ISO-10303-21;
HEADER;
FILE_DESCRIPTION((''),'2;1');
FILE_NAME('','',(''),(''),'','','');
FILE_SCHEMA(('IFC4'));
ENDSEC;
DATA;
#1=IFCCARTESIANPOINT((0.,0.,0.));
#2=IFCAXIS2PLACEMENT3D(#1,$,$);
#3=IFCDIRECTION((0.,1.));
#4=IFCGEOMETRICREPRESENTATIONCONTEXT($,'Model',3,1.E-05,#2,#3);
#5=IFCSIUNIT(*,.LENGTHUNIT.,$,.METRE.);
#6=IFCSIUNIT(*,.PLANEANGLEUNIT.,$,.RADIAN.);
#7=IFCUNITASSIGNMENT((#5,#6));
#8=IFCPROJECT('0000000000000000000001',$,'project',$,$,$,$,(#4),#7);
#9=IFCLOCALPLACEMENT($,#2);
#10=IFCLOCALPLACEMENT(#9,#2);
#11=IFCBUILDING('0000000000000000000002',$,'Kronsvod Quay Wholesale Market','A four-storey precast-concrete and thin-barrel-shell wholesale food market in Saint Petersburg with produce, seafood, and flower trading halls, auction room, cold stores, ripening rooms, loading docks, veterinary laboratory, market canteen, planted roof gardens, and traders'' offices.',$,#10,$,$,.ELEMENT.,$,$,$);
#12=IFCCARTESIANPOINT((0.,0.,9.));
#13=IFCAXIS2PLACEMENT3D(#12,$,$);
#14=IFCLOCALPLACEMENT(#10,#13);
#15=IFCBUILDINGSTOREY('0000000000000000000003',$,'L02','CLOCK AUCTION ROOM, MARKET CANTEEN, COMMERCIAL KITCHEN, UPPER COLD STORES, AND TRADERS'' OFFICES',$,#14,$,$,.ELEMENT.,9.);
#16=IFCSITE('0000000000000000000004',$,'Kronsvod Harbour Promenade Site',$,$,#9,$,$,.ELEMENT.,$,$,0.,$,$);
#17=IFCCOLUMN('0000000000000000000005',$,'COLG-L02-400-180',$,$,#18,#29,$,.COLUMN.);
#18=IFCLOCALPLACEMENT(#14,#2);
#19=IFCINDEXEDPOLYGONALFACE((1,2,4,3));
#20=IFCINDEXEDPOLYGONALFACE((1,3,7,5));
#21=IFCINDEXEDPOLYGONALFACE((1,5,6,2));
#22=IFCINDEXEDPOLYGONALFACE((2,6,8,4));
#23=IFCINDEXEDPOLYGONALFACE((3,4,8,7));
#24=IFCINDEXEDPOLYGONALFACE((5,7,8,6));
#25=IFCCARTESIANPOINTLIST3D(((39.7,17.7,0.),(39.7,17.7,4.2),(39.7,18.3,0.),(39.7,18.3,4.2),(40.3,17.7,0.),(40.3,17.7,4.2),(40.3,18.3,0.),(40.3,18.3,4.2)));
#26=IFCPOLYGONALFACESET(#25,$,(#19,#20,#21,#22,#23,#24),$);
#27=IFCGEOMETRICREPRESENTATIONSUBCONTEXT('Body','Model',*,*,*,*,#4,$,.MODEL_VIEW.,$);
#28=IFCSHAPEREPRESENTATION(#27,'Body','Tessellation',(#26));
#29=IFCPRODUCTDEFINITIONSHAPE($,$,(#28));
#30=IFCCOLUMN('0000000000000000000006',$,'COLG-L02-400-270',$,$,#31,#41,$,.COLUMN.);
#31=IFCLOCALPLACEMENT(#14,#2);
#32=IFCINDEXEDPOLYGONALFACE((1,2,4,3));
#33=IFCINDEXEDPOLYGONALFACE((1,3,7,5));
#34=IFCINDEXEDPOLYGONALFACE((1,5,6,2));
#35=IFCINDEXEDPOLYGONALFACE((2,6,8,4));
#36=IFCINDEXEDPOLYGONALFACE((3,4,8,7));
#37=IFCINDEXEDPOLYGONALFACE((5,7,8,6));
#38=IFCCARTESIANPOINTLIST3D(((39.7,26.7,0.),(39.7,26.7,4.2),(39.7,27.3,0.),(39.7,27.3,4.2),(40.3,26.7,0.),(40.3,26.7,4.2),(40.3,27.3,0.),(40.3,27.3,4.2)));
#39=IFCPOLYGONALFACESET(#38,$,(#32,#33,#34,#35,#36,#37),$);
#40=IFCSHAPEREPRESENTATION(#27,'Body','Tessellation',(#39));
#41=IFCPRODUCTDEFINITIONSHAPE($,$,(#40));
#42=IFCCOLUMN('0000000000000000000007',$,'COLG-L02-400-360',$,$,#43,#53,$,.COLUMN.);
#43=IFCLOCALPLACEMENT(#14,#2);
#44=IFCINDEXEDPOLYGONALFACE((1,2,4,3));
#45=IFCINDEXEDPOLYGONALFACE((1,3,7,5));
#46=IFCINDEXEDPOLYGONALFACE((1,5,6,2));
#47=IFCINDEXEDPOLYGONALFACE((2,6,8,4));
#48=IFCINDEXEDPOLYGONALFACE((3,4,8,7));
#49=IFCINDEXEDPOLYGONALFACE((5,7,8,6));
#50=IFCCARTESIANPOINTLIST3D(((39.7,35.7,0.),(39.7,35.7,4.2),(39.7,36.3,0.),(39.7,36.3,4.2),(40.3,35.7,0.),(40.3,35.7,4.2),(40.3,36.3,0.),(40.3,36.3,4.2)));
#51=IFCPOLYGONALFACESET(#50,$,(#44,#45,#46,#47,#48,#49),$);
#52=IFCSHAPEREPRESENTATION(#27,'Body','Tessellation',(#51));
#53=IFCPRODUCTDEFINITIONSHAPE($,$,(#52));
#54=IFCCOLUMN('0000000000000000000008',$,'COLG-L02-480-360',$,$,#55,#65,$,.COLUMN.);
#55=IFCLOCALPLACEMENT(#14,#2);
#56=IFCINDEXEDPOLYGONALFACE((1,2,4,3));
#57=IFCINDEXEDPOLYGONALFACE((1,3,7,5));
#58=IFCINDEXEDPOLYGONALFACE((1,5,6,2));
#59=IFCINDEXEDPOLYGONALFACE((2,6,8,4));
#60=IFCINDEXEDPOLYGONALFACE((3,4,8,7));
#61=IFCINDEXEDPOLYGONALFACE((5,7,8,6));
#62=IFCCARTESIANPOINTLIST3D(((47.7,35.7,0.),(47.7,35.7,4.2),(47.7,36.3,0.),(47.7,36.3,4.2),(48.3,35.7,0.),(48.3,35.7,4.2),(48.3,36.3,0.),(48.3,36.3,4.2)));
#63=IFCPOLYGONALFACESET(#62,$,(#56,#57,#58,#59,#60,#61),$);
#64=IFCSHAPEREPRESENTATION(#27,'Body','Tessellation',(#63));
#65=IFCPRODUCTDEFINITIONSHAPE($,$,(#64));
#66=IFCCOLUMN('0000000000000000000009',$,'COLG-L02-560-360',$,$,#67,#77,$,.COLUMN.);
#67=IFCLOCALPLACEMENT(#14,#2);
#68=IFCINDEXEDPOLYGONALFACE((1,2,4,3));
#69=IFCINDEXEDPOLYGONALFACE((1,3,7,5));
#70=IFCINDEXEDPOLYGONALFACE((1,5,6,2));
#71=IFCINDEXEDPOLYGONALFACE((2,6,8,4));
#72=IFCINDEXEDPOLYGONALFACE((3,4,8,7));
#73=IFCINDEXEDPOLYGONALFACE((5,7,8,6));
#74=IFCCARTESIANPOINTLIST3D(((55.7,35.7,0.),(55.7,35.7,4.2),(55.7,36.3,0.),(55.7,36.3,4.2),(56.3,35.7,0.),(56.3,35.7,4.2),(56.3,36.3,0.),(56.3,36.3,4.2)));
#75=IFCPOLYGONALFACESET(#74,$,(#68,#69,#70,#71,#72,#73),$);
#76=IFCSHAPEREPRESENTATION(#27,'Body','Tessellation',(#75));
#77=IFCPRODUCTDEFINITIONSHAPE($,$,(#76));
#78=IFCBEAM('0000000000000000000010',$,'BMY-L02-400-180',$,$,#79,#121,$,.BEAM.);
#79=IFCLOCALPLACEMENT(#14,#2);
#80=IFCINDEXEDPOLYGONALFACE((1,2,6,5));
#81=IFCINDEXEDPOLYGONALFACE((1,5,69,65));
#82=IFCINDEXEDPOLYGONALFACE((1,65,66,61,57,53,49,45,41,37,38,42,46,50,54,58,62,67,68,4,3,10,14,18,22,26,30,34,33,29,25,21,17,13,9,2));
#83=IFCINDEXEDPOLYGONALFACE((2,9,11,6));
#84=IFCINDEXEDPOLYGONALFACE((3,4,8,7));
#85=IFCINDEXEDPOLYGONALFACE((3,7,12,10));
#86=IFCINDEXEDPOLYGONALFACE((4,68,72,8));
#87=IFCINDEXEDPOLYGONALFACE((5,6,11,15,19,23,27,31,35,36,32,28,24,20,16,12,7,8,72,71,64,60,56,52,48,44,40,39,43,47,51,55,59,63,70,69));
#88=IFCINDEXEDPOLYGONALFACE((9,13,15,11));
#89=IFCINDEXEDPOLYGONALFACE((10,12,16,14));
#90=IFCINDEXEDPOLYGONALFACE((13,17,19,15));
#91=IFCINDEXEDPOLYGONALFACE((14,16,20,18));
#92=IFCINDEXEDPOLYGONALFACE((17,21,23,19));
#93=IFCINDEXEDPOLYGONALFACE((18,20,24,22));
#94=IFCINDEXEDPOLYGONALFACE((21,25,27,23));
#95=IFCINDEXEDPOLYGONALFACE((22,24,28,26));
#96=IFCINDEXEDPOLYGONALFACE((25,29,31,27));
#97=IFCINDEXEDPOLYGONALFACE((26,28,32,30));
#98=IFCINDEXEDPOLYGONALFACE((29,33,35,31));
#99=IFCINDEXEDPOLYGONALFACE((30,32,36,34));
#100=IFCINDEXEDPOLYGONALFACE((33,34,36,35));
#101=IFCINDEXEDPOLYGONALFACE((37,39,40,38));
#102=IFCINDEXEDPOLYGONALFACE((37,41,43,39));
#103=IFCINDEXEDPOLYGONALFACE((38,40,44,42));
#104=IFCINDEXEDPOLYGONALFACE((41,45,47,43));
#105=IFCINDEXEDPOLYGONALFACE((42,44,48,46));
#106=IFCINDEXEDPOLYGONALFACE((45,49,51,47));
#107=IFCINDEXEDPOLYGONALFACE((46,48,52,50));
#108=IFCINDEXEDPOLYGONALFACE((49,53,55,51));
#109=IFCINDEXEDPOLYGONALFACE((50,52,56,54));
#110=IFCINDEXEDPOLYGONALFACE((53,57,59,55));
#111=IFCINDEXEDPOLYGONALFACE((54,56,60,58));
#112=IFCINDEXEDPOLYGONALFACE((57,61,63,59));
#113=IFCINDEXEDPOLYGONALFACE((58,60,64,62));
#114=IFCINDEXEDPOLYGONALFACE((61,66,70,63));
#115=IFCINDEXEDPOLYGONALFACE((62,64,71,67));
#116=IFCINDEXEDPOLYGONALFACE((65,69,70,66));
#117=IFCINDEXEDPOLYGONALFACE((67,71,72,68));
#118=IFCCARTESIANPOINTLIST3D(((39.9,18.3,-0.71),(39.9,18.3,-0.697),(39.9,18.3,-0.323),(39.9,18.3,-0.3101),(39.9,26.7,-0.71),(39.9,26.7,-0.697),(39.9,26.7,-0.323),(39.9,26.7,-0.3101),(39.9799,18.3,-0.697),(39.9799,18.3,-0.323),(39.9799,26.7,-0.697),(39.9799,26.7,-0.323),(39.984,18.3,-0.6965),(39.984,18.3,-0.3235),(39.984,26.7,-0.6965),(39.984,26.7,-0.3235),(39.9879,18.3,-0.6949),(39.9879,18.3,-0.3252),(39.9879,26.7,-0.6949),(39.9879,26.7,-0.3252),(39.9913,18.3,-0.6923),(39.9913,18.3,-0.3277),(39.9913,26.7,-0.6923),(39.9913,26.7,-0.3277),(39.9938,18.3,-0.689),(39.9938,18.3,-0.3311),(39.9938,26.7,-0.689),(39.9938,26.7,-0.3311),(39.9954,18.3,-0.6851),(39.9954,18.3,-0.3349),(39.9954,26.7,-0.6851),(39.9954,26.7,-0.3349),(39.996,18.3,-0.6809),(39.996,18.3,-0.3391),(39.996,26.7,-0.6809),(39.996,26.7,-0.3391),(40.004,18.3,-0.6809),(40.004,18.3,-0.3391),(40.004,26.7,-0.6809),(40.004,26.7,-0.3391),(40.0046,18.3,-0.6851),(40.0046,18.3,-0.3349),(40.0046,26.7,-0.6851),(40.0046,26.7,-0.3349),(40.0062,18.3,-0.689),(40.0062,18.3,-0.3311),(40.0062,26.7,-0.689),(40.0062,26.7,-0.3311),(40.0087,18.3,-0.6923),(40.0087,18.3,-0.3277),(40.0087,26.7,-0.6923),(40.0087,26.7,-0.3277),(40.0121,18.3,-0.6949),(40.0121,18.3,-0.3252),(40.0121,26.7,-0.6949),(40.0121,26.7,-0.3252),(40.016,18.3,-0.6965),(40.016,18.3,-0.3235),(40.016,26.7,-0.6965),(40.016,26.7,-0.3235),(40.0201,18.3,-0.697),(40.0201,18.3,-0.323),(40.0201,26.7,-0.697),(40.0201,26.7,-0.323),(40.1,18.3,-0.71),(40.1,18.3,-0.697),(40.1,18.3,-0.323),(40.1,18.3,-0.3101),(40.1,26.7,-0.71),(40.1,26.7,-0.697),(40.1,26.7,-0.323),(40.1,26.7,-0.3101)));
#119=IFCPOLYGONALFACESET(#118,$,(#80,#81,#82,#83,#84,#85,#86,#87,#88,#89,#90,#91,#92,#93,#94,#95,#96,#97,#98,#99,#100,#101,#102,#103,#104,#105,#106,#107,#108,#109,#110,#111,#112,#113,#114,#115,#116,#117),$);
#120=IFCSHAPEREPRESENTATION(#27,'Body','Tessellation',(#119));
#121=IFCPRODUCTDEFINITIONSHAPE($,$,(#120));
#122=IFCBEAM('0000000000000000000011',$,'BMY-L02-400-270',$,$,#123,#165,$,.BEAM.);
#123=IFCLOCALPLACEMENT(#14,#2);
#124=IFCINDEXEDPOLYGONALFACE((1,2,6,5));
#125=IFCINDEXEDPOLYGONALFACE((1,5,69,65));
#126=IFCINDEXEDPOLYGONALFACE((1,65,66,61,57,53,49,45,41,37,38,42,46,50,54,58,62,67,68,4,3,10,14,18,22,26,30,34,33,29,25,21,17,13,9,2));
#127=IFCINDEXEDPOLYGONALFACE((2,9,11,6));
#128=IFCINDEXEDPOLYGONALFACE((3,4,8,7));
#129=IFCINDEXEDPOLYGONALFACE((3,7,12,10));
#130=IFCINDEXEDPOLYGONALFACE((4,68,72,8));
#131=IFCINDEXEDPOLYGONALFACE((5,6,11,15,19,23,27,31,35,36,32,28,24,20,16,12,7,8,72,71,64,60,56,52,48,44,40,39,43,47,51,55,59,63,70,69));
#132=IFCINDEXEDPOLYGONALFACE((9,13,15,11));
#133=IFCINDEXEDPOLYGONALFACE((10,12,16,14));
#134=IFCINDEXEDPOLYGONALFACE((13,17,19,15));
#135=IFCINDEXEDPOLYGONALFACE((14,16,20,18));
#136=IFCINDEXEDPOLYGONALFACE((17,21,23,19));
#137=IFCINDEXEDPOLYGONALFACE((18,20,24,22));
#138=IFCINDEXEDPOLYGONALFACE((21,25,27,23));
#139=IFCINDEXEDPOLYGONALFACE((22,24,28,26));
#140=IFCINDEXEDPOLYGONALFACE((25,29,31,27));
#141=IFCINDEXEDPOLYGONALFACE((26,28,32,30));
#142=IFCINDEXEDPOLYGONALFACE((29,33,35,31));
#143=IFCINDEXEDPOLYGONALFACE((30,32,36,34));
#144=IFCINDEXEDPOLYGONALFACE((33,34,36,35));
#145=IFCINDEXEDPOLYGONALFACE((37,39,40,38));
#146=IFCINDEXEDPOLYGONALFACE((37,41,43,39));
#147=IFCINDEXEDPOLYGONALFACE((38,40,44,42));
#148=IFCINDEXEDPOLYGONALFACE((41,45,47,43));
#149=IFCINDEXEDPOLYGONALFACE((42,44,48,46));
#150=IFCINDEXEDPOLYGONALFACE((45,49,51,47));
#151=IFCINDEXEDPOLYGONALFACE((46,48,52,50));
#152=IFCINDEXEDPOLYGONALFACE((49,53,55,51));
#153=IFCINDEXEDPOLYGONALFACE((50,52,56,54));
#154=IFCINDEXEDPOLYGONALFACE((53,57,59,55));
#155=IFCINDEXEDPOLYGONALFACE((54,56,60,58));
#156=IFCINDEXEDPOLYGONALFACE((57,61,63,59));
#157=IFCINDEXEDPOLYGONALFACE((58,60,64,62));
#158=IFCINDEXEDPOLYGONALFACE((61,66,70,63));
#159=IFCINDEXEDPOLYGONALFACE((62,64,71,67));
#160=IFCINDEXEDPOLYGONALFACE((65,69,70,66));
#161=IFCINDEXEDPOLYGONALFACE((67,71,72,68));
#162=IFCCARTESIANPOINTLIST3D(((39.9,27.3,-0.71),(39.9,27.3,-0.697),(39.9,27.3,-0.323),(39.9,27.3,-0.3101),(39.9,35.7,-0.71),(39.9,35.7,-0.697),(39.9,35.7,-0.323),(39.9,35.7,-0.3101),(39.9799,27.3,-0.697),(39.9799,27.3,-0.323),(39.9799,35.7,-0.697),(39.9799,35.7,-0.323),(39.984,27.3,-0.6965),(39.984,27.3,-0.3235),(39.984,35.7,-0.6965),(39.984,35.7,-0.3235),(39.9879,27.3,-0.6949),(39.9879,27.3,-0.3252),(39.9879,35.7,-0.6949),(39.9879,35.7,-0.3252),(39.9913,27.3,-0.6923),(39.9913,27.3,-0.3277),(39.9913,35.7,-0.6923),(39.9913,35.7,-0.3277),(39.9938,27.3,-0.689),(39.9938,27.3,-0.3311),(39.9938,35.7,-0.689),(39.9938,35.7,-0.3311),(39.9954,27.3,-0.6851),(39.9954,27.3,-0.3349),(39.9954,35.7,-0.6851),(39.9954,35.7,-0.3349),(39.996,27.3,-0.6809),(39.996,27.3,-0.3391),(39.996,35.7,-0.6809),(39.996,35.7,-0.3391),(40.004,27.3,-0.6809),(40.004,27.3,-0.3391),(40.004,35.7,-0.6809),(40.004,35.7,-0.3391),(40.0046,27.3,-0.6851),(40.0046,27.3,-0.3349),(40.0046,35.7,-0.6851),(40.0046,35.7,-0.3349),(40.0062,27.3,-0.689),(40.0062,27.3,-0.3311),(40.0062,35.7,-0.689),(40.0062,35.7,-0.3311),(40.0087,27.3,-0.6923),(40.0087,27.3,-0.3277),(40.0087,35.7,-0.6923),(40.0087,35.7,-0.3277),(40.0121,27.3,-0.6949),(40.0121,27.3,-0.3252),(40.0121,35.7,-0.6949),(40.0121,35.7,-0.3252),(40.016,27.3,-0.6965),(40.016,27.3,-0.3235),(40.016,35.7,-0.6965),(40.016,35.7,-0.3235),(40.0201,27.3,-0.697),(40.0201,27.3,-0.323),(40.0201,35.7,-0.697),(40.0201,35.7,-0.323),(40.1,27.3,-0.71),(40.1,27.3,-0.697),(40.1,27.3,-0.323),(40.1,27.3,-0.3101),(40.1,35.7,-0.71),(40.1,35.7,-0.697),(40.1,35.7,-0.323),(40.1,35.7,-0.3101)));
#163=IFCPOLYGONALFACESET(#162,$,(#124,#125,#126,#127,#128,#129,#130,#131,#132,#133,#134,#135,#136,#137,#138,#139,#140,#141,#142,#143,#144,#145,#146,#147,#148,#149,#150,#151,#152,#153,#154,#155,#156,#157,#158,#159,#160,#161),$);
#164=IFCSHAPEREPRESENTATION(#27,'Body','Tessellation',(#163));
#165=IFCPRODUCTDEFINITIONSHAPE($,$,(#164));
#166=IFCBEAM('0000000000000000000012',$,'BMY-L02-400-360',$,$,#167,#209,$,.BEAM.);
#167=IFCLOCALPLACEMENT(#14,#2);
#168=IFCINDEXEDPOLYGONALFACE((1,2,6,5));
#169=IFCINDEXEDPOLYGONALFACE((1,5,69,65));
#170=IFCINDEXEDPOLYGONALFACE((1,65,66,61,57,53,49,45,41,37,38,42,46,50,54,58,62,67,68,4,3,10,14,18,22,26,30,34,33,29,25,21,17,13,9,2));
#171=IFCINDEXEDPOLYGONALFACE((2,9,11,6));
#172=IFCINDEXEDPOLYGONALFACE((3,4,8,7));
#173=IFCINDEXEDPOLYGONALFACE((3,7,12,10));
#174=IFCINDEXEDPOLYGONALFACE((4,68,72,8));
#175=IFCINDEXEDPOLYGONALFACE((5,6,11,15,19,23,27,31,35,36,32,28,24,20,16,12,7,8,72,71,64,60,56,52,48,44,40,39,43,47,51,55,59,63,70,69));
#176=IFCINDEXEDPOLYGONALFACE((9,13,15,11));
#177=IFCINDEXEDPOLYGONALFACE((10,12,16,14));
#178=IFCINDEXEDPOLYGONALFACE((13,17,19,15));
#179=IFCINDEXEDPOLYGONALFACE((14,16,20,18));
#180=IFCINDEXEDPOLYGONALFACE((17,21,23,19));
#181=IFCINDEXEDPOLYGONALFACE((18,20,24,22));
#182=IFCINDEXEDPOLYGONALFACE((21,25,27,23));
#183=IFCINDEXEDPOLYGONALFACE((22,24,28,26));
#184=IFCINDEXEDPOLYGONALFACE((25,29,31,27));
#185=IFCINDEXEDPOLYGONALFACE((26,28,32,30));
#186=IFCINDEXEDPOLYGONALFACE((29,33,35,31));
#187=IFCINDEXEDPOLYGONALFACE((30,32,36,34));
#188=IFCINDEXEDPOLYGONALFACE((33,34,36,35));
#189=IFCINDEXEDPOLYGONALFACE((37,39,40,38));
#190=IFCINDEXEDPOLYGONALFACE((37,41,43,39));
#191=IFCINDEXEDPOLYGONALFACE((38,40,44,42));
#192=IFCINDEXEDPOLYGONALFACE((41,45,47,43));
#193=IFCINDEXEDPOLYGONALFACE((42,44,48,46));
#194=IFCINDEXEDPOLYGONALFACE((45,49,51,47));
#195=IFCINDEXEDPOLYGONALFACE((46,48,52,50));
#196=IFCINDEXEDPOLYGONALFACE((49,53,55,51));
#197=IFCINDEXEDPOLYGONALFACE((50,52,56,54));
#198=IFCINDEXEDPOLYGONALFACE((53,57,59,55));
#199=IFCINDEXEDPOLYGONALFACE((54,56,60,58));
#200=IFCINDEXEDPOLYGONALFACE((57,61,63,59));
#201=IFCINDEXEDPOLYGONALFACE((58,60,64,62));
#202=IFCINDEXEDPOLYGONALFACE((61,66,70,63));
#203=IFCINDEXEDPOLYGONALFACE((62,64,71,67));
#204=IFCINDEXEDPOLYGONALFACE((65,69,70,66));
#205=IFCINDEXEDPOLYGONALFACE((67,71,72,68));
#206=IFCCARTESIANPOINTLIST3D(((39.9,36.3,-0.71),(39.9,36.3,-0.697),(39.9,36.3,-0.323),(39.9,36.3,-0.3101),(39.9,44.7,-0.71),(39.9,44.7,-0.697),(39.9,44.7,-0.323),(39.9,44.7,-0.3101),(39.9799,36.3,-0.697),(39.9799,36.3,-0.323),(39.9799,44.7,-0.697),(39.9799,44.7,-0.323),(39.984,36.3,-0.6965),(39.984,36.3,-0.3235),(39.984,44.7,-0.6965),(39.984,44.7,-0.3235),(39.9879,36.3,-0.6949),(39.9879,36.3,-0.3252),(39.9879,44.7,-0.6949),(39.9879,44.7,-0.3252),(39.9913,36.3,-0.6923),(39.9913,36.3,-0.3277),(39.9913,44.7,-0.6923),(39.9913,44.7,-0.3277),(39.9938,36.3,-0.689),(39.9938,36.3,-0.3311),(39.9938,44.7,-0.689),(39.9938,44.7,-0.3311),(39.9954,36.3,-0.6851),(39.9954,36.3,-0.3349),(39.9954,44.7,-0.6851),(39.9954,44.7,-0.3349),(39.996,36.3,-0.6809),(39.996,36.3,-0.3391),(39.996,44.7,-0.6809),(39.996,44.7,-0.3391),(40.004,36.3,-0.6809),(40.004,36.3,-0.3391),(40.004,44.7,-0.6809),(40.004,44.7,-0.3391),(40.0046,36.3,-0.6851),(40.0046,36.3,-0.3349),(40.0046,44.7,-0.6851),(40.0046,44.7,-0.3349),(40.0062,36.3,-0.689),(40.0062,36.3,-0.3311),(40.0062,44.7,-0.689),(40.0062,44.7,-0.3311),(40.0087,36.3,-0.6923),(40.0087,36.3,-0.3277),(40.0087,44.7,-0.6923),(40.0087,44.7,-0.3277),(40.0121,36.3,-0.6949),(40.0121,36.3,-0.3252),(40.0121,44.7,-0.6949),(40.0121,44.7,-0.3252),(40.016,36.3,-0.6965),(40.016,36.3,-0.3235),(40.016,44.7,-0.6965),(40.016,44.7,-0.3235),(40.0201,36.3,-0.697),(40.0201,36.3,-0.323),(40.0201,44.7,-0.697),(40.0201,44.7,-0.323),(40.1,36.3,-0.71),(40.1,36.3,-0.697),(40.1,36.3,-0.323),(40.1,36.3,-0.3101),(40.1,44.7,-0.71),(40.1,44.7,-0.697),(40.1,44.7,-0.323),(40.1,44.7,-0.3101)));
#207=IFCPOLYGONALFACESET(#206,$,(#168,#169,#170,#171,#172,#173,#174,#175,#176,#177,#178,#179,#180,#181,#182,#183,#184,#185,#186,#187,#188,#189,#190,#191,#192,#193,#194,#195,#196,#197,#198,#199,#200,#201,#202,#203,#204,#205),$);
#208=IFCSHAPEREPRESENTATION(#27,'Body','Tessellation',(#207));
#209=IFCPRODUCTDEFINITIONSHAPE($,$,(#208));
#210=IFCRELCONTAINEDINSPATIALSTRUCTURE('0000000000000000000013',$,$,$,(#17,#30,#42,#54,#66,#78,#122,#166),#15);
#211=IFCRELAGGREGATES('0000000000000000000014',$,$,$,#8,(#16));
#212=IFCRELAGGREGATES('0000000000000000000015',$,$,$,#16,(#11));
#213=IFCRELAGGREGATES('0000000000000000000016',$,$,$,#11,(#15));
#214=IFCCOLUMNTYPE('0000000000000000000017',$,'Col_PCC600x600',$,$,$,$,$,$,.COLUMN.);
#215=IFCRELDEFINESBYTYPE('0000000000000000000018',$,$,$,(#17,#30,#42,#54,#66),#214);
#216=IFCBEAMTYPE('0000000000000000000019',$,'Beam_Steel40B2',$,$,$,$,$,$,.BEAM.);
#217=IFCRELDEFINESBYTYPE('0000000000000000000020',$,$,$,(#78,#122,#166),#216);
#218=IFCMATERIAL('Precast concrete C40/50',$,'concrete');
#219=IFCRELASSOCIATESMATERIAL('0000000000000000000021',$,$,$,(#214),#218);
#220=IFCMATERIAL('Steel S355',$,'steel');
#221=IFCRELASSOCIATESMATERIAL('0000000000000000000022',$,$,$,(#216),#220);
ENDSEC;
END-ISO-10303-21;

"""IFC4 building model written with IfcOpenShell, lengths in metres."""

from ifc_helpers import new_model, si_unit, direction, frame, origin, origin_2d, place, context, subcontext, project, spatial, rectangle, i_section, extrude, material, material_profile, profile_set, type_object, element, save


model = new_model("IFC4")

# Units and contexts
model_context = context("Model", 3, precision=1e-05, world=origin(), true_north=direction((0.0, 1.0)))
body_context = subcontext(model_context, "Body", "Model", "MODEL_VIEW")
ifc_project = project(units=[si_unit("LENGTHUNIT", "METRE"), si_unit("PLANEANGLEUNIT", "RADIAN")], contexts=[model_context])

# Site, building, storey
site_placement = place(None, origin())
site = spatial("IfcSite", under=ifc_project, at=site_placement, Name="Kronsvod Harbour Promenade Site", CompositionType="ELEMENT", RefElevation=0.0)
building_placement = place(site_placement, origin())
building = spatial("IfcBuilding", under=site, at=building_placement, Name="Kronsvod Quay Wholesale Market", Description="A four-storey precast-concrete and thin-barrel-shell wholesale food market in Saint Petersburg with produce, seafood, and flower trading halls, auction room, cold stores, ripening rooms, loading docks, veterinary laboratory, market canteen, planted roof gardens, and traders' offices.", CompositionType="ELEMENT")
storey_placement = place(building_placement, frame((0.0, 0.0, 9.0)))
storey = spatial("IfcBuildingStorey", under=building, at=storey_placement, Name="L02", Description="CLOCK AUCTION ROOM, MARKET CANTEEN, COMMERCIAL KITCHEN, UPPER COLD STORES, AND TRADERS' OFFICES", CompositionType="ELEMENT", Elevation=9.0)

# Columns
ifc_material_1 = material(Name="Precast concrete C40/50", Category="concrete")
ifc_material_profile_1 = material_profile(ifc_material_1, rectangle(XDim=0.6001, YDim=0.6001, at=origin_2d()), Name="PCC600x600")
ifc_profile_set_1 = profile_set([ifc_material_profile_1], Name="Precast concrete C40/50")
column_type = type_object("IfcColumnType", Name="Col_PCC600x600", PredefinedType="COLUMN", material=ifc_profile_set_1)
for number, where, z_axis, x_axis, name in (
    (1, (40.0, 18.0, 0.0), (0.0, 0.0, 1.0), (1.0, 0.0, 0.0), "COLG-L02-400-180"),
    (2, (40.0, 27.0, 0.0), (0.0, 0.0, 1.0), (1.0, 0.0, 0.0), "COLG-L02-400-270"),
    (3, (40.0, 36.0, 0.0), (0.0, 0.0, 1.0), (1.0, 0.0, 0.0), "COLG-L02-400-360"),
    (4, (48.0, 36.0, 0.0), (0.0, 0.0, 1.0), (1.0, 0.0, 0.0), "COLG-L02-480-360"),
    (5, (56.0, 36.0, 0.0), (0.0, 0.0, 1.0), (1.0, 0.0, 0.0), "COLG-L02-560-360"),
):
    element("IfcColumn", number, at=place(storey_placement, frame(where, z_axis=z_axis, x_axis=x_axis)), inside=storey, type_object=column_type, Name=name, PredefinedType="COLUMN", context=body_context, shape_type="SweptSolid", body=[
        extrude(rectangle(XDim=0.6001, YDim=0.6001, at=origin_2d()), origin(), (0.0, 0.0, 1.0), 4.2),
    ])

# Beams
ifc_material_2 = material(Name="Steel S355", Category="steel")
ifc_material_profile_2 = material_profile(ifc_material_2, i_section(OverallWidth=0.2, OverallDepth=0.3999, WebThickness=0.0081, FlangeThickness=0.0129, FilletRadius=0.0161, at=origin_2d()), Name="40B2")
ifc_profile_set_2 = profile_set([ifc_material_profile_2], Name="Steel S355")
beam_type_1 = type_object("IfcBeamType", Name="Beam_Steel40B2", PredefinedType="BEAM", material=ifc_profile_set_2)
for number, where, z_axis, x_axis, name in (
    (6, (40.0, 18.3, -0.51), (0.0, 1.0, 0.0), (-1.0, 0.0, 0.0), "BMY-L02-400-180"),
    (7, (40.0, 27.3, -0.51), (0.0, 1.0, 0.0), (-1.0, 0.0, 0.0), "BMY-L02-400-270"),
    (8, (40.0, 36.3, -0.51), (0.0, 1.0, 0.0), (-1.0, 0.0, 0.0), "BMY-L02-400-360"),
):
    element("IfcBeam", number, at=place(storey_placement, frame(where, z_axis=z_axis, x_axis=x_axis)), inside=storey, type_object=beam_type_1, Name=name, PredefinedType="BEAM", context=body_context, shape_type="SweptSolid", body=[
        extrude(i_section(OverallWidth=0.2, OverallDepth=0.3999, WebThickness=0.0081, FlangeThickness=0.0129, FilletRadius=0.0161, at=origin_2d()), origin(), (0.0, 0.0, 1.0), 8.3999),
    ])

save(model, "model.ifc")
